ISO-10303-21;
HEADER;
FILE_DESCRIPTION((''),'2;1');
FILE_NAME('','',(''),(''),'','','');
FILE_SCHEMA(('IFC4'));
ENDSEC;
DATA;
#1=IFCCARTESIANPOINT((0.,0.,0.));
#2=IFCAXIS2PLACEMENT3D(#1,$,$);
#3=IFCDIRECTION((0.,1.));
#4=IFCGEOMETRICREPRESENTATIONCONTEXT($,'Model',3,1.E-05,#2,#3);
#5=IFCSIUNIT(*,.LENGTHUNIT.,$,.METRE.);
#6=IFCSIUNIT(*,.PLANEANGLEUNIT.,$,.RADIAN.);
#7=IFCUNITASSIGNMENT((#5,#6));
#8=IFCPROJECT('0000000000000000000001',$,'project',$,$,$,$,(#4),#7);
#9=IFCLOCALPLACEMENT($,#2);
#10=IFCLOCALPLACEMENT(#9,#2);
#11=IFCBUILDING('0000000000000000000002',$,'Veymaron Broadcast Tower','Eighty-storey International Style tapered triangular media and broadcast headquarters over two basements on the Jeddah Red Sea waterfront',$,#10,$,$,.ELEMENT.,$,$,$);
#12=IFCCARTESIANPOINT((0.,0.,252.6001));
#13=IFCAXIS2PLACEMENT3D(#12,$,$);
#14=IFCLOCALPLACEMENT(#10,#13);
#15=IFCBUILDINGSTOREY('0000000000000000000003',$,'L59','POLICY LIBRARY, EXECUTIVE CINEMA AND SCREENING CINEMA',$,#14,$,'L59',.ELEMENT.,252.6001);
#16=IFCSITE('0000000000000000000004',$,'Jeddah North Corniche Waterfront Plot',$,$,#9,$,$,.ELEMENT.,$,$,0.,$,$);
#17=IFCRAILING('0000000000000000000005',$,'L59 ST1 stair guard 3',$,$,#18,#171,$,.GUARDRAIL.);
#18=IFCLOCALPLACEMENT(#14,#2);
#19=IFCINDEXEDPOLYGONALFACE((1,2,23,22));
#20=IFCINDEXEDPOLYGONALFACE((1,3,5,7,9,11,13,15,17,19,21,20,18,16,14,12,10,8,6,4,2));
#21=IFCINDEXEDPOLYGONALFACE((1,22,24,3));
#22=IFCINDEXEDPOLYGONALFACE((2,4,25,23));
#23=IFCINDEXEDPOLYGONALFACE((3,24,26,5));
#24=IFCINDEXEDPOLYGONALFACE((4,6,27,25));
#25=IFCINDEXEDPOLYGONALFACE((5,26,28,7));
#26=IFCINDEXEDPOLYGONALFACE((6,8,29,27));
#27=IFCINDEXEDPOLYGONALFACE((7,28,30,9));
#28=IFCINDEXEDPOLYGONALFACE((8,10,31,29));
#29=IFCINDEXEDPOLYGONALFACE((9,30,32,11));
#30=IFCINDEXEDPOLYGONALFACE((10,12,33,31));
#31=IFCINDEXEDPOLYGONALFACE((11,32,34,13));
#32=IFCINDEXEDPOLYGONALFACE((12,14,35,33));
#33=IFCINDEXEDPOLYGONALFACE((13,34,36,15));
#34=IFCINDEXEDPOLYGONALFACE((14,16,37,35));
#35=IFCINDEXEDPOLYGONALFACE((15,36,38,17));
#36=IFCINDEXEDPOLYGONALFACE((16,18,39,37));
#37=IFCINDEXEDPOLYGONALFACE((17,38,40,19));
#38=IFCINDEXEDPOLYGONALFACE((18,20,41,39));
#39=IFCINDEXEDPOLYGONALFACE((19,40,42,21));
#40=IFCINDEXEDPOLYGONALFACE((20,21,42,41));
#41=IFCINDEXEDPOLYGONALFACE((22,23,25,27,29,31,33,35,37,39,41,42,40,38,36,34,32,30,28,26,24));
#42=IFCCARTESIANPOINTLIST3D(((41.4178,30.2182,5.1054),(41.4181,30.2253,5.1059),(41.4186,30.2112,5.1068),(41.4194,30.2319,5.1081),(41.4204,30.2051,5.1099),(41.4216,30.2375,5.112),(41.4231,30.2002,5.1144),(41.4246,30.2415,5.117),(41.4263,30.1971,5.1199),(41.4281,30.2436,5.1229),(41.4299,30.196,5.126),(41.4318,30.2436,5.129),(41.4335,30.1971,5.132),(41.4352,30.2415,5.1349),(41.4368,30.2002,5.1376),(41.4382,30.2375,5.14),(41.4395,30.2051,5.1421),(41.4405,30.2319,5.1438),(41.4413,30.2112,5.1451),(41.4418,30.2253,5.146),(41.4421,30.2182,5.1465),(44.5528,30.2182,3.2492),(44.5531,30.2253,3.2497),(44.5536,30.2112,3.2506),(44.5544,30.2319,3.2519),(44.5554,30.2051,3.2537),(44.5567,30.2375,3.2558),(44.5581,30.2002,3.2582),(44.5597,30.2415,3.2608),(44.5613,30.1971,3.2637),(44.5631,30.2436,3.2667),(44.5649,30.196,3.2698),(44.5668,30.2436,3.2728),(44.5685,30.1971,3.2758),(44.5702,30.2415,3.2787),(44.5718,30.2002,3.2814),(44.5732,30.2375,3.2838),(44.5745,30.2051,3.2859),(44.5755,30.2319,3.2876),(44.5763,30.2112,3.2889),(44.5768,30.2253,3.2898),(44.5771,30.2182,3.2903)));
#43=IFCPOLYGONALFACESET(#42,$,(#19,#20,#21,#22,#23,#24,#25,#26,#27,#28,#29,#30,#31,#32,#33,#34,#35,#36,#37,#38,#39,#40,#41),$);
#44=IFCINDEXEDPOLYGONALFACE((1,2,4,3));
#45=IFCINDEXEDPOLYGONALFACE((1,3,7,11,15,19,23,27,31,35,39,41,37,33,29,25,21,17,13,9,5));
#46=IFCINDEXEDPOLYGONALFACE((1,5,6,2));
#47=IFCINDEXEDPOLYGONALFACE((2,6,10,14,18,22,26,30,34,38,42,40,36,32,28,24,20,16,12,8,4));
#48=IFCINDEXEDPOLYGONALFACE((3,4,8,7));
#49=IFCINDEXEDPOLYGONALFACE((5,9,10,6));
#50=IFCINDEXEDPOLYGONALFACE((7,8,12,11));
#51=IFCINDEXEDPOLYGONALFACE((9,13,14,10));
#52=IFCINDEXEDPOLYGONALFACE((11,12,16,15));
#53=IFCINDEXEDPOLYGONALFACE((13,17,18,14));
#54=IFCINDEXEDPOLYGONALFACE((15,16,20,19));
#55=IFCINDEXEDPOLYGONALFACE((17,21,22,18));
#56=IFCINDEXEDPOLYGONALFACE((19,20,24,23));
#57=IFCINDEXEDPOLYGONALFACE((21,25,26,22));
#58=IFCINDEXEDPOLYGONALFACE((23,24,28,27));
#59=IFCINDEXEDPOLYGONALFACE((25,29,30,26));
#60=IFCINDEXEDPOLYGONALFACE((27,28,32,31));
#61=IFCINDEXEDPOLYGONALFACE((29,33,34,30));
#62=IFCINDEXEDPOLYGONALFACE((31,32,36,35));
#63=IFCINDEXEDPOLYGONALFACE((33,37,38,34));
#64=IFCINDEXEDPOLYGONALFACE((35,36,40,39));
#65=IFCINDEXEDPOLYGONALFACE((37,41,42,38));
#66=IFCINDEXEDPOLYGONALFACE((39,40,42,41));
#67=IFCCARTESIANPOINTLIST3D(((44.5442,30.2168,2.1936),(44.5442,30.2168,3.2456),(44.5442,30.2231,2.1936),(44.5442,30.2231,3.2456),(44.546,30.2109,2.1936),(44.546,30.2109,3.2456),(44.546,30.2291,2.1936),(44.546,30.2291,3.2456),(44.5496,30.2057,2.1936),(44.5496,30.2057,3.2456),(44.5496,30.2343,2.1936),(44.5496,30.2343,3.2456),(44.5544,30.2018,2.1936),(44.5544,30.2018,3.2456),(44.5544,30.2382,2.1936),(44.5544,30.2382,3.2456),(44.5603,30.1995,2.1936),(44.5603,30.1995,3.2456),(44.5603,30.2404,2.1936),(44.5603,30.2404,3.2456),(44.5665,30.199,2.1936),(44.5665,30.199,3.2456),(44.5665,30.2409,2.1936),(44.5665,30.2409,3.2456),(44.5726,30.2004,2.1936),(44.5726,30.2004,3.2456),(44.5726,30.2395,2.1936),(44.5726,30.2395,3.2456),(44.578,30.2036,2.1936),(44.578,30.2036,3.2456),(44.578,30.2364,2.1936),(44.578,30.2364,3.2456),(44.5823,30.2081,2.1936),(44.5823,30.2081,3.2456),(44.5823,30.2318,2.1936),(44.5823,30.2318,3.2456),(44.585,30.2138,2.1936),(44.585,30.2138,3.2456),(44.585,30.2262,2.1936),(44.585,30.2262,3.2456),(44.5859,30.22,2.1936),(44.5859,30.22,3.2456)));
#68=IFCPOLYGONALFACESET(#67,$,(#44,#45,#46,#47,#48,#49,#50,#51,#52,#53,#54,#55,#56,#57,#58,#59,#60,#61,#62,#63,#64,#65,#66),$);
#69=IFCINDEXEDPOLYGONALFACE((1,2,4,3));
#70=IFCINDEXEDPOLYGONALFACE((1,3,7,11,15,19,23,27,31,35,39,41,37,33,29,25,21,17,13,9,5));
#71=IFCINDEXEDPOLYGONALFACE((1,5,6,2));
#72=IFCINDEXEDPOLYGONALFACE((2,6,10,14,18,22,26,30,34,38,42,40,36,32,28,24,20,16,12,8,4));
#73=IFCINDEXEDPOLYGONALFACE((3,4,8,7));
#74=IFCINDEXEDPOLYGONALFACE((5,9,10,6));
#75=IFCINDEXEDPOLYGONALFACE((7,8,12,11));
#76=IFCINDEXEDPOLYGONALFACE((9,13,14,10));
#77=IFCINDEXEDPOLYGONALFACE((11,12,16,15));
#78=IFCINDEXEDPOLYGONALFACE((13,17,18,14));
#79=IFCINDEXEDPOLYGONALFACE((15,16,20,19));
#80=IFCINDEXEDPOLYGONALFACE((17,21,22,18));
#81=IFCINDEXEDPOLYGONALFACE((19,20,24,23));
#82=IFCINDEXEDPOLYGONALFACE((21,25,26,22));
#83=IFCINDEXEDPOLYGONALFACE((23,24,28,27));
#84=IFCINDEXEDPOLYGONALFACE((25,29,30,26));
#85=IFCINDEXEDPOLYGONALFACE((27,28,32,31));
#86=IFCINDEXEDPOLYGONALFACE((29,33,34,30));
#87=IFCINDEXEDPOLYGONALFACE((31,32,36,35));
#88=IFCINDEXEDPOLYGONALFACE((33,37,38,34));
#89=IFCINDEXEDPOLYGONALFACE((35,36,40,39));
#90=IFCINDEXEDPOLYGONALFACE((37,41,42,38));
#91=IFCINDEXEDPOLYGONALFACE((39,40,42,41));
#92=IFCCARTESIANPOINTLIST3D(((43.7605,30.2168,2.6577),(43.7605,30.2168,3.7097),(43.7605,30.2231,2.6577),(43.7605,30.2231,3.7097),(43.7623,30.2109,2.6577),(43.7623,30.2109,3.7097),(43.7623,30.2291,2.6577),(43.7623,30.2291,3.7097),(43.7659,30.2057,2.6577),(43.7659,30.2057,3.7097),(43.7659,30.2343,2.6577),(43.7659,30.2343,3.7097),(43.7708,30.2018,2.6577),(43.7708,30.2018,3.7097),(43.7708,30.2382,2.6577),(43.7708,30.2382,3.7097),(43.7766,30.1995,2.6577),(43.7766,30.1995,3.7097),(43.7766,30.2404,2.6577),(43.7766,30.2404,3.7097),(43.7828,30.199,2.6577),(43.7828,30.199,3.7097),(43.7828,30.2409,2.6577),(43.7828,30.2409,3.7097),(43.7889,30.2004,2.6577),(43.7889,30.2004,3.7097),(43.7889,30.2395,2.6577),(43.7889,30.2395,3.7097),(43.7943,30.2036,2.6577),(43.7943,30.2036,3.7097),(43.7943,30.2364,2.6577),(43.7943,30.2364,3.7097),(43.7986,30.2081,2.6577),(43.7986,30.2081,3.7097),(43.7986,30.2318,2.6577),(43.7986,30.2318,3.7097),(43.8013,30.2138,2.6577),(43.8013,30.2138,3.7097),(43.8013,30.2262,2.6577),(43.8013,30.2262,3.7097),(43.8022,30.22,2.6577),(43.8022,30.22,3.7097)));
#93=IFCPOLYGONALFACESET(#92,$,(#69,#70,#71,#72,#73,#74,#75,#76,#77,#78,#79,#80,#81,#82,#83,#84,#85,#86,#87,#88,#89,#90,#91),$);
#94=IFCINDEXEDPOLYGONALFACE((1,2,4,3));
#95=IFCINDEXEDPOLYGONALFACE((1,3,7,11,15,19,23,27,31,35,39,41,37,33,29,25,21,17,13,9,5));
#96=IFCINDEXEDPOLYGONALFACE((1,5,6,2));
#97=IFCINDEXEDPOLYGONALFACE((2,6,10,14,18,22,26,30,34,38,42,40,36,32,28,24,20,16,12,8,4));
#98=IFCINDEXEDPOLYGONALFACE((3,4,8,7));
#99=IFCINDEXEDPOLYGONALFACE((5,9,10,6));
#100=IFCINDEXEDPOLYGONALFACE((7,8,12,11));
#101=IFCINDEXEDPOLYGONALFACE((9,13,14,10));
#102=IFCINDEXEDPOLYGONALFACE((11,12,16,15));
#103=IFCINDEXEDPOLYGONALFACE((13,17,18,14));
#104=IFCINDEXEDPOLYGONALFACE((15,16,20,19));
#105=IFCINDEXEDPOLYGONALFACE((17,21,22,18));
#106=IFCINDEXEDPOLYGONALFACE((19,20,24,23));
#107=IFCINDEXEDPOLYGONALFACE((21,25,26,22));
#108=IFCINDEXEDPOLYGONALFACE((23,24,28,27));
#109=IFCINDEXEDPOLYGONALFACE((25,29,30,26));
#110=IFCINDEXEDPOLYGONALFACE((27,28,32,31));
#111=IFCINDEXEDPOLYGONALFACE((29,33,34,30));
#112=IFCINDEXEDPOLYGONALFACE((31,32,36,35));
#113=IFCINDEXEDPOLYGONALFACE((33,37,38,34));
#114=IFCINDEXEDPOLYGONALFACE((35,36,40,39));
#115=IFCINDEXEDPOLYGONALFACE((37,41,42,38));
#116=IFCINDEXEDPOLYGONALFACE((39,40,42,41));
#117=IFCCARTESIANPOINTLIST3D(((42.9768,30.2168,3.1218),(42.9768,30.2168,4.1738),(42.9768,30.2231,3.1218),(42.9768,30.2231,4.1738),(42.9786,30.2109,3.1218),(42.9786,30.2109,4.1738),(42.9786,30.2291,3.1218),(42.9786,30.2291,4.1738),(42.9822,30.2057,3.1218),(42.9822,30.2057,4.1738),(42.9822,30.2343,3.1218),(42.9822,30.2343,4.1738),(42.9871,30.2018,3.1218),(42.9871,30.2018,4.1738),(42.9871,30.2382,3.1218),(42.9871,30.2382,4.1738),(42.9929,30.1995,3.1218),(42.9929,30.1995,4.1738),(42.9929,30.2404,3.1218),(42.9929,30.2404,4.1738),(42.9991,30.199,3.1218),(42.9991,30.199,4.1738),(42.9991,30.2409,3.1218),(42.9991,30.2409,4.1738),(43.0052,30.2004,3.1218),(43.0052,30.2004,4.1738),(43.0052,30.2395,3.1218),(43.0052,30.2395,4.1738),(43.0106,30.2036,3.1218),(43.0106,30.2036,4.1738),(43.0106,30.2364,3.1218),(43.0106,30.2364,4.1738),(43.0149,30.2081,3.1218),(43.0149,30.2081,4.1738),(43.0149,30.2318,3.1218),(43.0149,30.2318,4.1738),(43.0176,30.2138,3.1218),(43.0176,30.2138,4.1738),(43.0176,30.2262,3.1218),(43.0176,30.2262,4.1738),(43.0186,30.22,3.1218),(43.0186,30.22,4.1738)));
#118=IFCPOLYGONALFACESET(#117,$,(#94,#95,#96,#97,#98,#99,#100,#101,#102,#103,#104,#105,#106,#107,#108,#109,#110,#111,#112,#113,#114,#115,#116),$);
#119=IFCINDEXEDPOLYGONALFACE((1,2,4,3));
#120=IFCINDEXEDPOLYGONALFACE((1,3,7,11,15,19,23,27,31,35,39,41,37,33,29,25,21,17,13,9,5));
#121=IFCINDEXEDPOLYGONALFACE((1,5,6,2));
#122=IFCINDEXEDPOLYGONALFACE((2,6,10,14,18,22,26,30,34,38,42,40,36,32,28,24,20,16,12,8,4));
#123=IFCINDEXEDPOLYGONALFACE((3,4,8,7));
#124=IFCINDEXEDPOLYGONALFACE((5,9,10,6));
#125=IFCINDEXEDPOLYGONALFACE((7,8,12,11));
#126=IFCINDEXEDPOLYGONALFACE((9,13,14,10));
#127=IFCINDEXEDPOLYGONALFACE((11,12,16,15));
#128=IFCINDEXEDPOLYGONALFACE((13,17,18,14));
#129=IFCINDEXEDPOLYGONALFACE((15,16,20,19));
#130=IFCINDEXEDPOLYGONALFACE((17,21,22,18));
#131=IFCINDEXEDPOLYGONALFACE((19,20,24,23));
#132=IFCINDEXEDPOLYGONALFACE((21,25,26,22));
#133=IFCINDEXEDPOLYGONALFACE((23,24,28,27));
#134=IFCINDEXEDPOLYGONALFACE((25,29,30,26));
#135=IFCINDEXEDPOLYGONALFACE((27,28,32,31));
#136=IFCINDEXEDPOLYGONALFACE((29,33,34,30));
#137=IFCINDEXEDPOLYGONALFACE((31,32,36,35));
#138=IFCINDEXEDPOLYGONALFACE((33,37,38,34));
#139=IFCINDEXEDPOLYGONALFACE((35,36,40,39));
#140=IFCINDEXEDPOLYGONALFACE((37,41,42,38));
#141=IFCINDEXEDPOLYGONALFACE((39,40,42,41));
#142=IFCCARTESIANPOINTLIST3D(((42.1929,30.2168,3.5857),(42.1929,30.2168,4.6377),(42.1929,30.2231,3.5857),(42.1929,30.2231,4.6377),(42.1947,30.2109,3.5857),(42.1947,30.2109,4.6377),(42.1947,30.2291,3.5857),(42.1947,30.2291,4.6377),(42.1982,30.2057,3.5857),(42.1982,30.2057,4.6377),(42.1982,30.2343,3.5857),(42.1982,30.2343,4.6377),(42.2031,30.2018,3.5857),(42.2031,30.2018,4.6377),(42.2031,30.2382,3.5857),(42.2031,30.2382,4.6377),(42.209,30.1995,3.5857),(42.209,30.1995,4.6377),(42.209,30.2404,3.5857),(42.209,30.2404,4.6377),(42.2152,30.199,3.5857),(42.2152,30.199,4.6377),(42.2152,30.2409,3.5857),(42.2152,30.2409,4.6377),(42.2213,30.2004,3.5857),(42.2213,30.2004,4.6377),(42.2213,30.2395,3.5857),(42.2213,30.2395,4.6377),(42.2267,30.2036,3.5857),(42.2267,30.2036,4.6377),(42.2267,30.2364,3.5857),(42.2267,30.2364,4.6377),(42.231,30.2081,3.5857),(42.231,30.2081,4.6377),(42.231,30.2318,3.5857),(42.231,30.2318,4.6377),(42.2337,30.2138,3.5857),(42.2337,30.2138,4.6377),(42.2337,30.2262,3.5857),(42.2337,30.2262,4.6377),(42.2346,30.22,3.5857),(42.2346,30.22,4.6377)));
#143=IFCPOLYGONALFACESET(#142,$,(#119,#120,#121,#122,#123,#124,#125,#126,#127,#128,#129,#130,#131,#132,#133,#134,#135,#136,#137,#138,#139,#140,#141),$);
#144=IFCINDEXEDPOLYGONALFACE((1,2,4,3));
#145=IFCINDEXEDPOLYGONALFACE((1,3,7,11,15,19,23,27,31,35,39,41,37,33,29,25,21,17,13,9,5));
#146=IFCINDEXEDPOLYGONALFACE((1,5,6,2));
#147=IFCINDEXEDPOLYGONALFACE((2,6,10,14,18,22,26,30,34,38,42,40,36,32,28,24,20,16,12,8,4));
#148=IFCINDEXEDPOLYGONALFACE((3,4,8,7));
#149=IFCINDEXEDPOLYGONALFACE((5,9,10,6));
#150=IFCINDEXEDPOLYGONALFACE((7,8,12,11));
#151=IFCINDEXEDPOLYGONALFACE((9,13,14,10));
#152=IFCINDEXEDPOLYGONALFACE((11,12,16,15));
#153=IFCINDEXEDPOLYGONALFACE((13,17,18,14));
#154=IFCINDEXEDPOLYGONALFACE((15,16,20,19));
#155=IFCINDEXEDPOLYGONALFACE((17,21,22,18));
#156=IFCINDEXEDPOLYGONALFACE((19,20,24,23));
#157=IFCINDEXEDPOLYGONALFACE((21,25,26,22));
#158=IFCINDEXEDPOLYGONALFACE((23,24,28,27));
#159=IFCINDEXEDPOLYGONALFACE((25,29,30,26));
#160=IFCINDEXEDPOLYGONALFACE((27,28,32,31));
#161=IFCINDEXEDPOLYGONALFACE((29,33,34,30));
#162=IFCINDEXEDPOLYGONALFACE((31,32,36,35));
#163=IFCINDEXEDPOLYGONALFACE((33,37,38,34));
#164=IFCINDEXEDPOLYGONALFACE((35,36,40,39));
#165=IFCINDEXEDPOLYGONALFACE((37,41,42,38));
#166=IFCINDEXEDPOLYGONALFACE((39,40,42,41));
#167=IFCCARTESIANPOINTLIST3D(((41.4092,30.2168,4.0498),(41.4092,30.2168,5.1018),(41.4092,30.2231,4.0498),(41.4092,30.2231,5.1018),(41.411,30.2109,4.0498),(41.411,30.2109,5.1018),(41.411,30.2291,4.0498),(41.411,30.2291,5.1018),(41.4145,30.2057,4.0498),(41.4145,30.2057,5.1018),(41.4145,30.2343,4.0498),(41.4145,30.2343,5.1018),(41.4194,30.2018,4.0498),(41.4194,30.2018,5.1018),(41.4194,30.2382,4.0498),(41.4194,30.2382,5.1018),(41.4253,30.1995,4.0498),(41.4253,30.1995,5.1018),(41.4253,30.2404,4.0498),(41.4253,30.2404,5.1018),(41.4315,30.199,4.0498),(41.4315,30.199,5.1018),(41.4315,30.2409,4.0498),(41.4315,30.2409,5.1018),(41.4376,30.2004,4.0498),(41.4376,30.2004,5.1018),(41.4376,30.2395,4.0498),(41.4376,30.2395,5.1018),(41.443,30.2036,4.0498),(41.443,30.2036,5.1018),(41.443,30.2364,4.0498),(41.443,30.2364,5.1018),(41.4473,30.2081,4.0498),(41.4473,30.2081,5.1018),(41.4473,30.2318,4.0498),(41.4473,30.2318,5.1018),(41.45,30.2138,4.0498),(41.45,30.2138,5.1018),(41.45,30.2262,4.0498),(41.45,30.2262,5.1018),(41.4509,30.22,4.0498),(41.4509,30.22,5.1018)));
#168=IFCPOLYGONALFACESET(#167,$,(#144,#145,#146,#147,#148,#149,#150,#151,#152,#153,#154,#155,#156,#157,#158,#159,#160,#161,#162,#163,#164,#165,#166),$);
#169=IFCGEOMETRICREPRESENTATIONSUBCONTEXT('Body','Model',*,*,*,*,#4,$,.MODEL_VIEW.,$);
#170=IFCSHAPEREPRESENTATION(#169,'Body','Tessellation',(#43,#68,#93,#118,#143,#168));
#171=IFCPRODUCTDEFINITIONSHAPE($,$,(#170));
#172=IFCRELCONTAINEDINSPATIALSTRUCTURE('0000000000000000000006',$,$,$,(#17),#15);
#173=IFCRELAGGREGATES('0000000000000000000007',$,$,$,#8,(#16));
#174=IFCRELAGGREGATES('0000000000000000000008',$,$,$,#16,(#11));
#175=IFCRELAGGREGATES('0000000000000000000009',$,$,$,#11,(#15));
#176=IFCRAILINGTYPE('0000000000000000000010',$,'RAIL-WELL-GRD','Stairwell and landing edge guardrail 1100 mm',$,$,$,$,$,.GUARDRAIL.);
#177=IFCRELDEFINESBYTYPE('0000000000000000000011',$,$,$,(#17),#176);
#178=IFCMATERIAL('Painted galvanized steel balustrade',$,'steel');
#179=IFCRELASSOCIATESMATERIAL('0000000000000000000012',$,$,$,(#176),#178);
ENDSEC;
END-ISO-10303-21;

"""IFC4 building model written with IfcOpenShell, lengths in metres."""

from ifc_helpers import new_model, si_unit, direction, frame, origin, origin_2d, place, context, subcontext, project, spatial, circle, extrude, material, type_object, element, save


model = new_model("IFC4")

# Units and contexts
model_context = context("Model", 3, precision=1e-05, world=origin(), true_north=direction((0.0, 1.0)))
body_context = subcontext(model_context, "Body", "Model", "MODEL_VIEW")
ifc_project = project(units=[si_unit("LENGTHUNIT", "METRE"), si_unit("PLANEANGLEUNIT", "RADIAN")], contexts=[model_context])

# Site, building, storey
site_placement = place(None, origin())
site = spatial("IfcSite", under=ifc_project, at=site_placement, Name="Jeddah North Corniche Waterfront Plot", CompositionType="ELEMENT", RefElevation=0.0)
building_placement = place(site_placement, origin())
building = spatial("IfcBuilding", under=site, at=building_placement, Name="Veymaron Broadcast Tower", Description="Eighty-storey International Style tapered triangular media and broadcast headquarters over two basements on the Jeddah Red Sea waterfront", CompositionType="ELEMENT")
storey_placement = place(building_placement, frame((0.0, 0.0, 252.6001)))
storey = spatial("IfcBuildingStorey", under=building, at=storey_placement, Name="L59", Description="POLICY LIBRARY, EXECUTIVE CINEMA AND SCREENING CINEMA", LongName="L59", CompositionType="ELEMENT", Elevation=252.6001)

# Railing
ifc_material_1 = material(Name="Painted galvanized steel balustrade", Category="steel")
railing_type_1 = type_object("IfcRailingType", Name="RAIL-WELL-GRD", Description="Stairwell and landing edge guardrail 1100 mm", PredefinedType="GUARDRAIL", material=ifc_material_1)
railing_1_placement = place(storey_placement, frame((44.5649, 30.22, 2.1936)))
element("IfcRailing", 1, at=railing_1_placement, inside=storey, type_object=railing_type_1, Name="L59 ST1 stair guard 3", PredefinedType="GUARDRAIL", context=body_context, shape_type="SweptSolid", body=[
    extrude(circle(Radius=0.0239, at=origin_2d()), frame((0.0, 0.0, 1.0762), z_axis=(-0.860482, 0.0, 0.509481), x_axis=(0.0, -1.0, 0.0)), (0.0, 0.0, 1.0), 3.6433),
    extrude(circle(Radius=0.021, at=origin_2d()), origin(), (0.0, 0.0, 1.0), 1.052),
    extrude(circle(Radius=0.021, at=origin_2d()), frame((-0.7837, 0.0, 0.4641)), (0.0, 0.0, 1.0), 1.052),
    extrude(circle(Radius=0.021, at=origin_2d()), frame((-1.5674, 0.0, 0.9282)), (0.0, 0.0, 1.0), 1.052),
    extrude(circle(Radius=0.021, at=origin_2d()), frame((-2.3513, 0.0, 1.3921)), (0.0, 0.0, 1.0), 1.052),
    extrude(circle(Radius=0.021, at=origin_2d()), frame((-3.135, 0.0, 1.8562)), (0.0, 0.0, 1.0), 1.052),
])

save(model, "model.ifc")
